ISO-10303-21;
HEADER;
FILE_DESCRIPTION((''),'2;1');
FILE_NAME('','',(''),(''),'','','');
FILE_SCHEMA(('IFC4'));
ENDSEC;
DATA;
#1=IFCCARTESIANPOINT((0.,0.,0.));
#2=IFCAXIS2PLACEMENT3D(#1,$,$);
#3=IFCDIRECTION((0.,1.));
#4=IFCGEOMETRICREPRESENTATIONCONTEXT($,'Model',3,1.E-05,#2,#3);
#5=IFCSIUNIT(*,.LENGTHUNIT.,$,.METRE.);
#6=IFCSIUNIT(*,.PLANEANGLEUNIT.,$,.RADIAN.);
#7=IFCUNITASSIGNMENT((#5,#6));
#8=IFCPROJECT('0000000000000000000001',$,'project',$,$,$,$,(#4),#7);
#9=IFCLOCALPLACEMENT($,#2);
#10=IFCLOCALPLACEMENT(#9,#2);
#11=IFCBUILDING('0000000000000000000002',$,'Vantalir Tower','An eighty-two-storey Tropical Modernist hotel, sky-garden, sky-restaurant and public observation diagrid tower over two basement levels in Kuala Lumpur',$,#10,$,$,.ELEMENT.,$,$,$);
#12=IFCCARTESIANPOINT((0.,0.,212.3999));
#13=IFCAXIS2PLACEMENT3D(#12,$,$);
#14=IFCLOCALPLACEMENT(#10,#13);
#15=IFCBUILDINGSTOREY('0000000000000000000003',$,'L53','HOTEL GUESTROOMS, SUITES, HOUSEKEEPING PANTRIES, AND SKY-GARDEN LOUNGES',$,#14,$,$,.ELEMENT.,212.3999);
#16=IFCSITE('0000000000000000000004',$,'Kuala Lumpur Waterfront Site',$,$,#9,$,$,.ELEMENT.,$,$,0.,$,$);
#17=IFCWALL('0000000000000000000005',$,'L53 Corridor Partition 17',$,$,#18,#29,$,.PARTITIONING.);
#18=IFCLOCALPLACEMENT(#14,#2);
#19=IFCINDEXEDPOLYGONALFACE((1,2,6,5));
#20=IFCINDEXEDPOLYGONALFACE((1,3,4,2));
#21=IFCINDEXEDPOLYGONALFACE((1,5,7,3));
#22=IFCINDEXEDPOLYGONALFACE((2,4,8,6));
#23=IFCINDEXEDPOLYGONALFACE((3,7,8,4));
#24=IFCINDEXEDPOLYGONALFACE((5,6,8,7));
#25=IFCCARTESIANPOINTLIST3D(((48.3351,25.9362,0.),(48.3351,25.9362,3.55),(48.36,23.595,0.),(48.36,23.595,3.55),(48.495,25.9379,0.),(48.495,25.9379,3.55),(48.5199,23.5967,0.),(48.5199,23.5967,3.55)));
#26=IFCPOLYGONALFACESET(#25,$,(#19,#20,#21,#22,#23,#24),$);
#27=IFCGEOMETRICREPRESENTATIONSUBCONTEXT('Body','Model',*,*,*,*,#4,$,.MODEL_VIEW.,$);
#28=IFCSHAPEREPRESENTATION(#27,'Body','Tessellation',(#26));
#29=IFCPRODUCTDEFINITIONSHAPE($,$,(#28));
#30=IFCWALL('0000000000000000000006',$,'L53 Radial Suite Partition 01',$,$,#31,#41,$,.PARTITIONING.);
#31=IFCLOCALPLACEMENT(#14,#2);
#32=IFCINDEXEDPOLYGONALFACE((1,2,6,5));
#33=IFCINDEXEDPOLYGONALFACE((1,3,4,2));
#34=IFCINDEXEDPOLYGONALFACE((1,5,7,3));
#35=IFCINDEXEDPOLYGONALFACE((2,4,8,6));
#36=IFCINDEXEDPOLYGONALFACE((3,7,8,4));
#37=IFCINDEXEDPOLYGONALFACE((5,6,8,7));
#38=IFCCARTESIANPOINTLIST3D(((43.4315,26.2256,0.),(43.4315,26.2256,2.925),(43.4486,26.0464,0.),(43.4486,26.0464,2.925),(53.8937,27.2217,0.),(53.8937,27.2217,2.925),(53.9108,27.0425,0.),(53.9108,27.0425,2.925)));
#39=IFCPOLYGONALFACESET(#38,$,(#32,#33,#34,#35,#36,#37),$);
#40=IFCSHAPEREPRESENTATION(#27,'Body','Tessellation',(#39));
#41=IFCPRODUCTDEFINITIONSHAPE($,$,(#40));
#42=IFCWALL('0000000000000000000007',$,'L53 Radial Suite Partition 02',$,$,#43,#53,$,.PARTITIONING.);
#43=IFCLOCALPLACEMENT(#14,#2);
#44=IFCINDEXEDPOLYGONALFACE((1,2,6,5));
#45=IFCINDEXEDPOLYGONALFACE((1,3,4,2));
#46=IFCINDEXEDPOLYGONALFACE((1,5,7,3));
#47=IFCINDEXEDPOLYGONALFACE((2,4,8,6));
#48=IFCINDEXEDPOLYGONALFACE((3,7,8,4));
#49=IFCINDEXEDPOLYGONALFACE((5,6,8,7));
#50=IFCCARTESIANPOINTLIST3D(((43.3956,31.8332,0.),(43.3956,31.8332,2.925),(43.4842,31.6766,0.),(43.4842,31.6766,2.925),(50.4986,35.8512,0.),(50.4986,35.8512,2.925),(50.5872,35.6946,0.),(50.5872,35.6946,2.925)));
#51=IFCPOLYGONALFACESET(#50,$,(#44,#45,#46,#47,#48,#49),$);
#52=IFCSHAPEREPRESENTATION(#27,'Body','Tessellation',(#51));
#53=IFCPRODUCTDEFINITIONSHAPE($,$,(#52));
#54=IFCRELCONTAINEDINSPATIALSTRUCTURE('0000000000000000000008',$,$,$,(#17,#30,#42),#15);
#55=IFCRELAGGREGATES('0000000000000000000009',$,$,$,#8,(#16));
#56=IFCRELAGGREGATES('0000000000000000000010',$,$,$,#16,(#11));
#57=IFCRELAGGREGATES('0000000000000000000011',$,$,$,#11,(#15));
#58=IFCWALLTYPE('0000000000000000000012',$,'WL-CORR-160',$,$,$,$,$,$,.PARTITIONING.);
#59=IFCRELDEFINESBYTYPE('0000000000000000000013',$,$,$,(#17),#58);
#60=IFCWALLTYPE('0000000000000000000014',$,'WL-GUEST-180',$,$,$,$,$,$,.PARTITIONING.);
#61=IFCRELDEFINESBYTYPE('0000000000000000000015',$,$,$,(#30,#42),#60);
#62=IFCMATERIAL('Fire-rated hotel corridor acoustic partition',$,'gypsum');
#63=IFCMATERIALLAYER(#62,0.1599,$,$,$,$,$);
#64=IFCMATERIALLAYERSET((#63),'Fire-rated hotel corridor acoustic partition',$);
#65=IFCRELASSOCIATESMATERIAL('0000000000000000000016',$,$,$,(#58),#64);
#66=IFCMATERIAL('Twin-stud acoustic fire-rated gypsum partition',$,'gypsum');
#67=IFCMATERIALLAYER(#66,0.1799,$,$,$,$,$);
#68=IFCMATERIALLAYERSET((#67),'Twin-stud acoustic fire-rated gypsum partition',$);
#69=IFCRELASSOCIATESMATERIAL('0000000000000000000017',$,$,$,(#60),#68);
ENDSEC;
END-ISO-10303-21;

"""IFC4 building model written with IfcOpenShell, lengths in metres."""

from ifc_helpers import new_model, si_unit, direction, frame, frame_2d, origin, place, context, subcontext, project, spatial, rectangle, extrude, material, layer, layer_set, type_object, element, save


model = new_model("IFC4")

# Units and contexts
model_context = context("Model", 3, precision=1e-05, world=origin(), true_north=direction((0.0, 1.0)))
body_context = subcontext(model_context, "Body", "Model", "MODEL_VIEW")
ifc_project = project(units=[si_unit("LENGTHUNIT", "METRE"), si_unit("PLANEANGLEUNIT", "RADIAN")], contexts=[model_context])

# Site, building, storey
site_placement = place(None, origin())
site = spatial("IfcSite", under=ifc_project, at=site_placement, Name="Kuala Lumpur Waterfront Site", CompositionType="ELEMENT", RefElevation=0.0)
building_placement = place(site_placement, origin())
building = spatial("IfcBuilding", under=site, at=building_placement, Name="Vantalir Tower", Description="An eighty-two-storey Tropical Modernist hotel, sky-garden, sky-restaurant and public observation diagrid tower over two basement levels in Kuala Lumpur", CompositionType="ELEMENT")
storey_placement = place(building_placement, frame((0.0, 0.0, 212.3999)))
storey = spatial("IfcBuildingStorey", under=building, at=storey_placement, Name="L53", Description="HOTEL GUESTROOMS, SUITES, HOUSEKEEPING PANTRIES, AND SKY-GARDEN LOUNGES", CompositionType="ELEMENT", Elevation=212.3999)

# Shared definitions
ifc_material_1 = material(Name="Fire-rated hotel corridor acoustic partition", Category="gypsum")
ifc_layer_1 = layer(ifc_material_1, 0.1599)
ifc_layer_set_1 = layer_set([ifc_layer_1], Name="Fire-rated hotel corridor acoustic partition")
wall_type_1 = type_object("IfcWallType", Name="WL-CORR-160", PredefinedType="PARTITIONING", material=ifc_layer_set_1)

# Walls
wall_1_placement = place(storey_placement, frame((48.415, 25.937, 0.0), z_axis=(0.0, 0.0, 1.0), x_axis=(0.010637, -0.999943, 0.0)))
element("IfcWall", 1, at=wall_1_placement, inside=storey, type_object=wall_type_1, Name="L53 Corridor Partition 17", PredefinedType="PARTITIONING", context=body_context, shape_type="SweptSolid", body=[
    extrude(rectangle(XDim=2.3413, YDim=0.1599, at=frame_2d((1.1707, 0.0))), origin(), (0.0, 0.0, 1.0), 3.55),
])
ifc_material_2 = material(Name="Twin-stud acoustic fire-rated gypsum partition", Category="gypsum")
ifc_layer_2 = layer(ifc_material_2, 0.1799)
ifc_layer_set_2 = layer_set([ifc_layer_2], Name="Twin-stud acoustic fire-rated gypsum partition")
wall_type_2 = type_object("IfcWallType", Name="WL-GUEST-180", PredefinedType="PARTITIONING", material=ifc_layer_set_2)
wall_2_placement = place(storey_placement, frame((43.4399, 26.136, 0.0), z_axis=(0.0, 0.0, 1.0), x_axis=(0.995498, 0.094781, 0.0)))
element("IfcWall", 2, at=wall_2_placement, inside=storey, type_object=wall_type_2, Name="L53 Radial Suite Partition 01", PredefinedType="PARTITIONING", context=body_context, shape_type="SweptSolid", body=[
    extrude(rectangle(XDim=10.5095, YDim=0.1799, at=frame_2d((5.2549, 0.0))), origin(), (0.0, 0.0, 1.0), 2.925),
])
wall_3_placement = place(storey_placement, frame((43.4399, 31.7549, 0.0), z_axis=(0.0, 0.0, 1.0), x_axis=(0.870389, 0.492365, 0.0)))
element("IfcWall", 3, at=wall_3_placement, inside=storey, type_object=wall_type_2, Name="L53 Radial Suite Partition 02", PredefinedType="PARTITIONING", context=body_context, shape_type="SweptSolid", body=[
    extrude(rectangle(XDim=8.1606, YDim=0.1799, at=frame_2d((4.0803, 0.0))), origin(), (0.0, 0.0, 1.0), 2.925),
])

save(model, "model.ifc")
